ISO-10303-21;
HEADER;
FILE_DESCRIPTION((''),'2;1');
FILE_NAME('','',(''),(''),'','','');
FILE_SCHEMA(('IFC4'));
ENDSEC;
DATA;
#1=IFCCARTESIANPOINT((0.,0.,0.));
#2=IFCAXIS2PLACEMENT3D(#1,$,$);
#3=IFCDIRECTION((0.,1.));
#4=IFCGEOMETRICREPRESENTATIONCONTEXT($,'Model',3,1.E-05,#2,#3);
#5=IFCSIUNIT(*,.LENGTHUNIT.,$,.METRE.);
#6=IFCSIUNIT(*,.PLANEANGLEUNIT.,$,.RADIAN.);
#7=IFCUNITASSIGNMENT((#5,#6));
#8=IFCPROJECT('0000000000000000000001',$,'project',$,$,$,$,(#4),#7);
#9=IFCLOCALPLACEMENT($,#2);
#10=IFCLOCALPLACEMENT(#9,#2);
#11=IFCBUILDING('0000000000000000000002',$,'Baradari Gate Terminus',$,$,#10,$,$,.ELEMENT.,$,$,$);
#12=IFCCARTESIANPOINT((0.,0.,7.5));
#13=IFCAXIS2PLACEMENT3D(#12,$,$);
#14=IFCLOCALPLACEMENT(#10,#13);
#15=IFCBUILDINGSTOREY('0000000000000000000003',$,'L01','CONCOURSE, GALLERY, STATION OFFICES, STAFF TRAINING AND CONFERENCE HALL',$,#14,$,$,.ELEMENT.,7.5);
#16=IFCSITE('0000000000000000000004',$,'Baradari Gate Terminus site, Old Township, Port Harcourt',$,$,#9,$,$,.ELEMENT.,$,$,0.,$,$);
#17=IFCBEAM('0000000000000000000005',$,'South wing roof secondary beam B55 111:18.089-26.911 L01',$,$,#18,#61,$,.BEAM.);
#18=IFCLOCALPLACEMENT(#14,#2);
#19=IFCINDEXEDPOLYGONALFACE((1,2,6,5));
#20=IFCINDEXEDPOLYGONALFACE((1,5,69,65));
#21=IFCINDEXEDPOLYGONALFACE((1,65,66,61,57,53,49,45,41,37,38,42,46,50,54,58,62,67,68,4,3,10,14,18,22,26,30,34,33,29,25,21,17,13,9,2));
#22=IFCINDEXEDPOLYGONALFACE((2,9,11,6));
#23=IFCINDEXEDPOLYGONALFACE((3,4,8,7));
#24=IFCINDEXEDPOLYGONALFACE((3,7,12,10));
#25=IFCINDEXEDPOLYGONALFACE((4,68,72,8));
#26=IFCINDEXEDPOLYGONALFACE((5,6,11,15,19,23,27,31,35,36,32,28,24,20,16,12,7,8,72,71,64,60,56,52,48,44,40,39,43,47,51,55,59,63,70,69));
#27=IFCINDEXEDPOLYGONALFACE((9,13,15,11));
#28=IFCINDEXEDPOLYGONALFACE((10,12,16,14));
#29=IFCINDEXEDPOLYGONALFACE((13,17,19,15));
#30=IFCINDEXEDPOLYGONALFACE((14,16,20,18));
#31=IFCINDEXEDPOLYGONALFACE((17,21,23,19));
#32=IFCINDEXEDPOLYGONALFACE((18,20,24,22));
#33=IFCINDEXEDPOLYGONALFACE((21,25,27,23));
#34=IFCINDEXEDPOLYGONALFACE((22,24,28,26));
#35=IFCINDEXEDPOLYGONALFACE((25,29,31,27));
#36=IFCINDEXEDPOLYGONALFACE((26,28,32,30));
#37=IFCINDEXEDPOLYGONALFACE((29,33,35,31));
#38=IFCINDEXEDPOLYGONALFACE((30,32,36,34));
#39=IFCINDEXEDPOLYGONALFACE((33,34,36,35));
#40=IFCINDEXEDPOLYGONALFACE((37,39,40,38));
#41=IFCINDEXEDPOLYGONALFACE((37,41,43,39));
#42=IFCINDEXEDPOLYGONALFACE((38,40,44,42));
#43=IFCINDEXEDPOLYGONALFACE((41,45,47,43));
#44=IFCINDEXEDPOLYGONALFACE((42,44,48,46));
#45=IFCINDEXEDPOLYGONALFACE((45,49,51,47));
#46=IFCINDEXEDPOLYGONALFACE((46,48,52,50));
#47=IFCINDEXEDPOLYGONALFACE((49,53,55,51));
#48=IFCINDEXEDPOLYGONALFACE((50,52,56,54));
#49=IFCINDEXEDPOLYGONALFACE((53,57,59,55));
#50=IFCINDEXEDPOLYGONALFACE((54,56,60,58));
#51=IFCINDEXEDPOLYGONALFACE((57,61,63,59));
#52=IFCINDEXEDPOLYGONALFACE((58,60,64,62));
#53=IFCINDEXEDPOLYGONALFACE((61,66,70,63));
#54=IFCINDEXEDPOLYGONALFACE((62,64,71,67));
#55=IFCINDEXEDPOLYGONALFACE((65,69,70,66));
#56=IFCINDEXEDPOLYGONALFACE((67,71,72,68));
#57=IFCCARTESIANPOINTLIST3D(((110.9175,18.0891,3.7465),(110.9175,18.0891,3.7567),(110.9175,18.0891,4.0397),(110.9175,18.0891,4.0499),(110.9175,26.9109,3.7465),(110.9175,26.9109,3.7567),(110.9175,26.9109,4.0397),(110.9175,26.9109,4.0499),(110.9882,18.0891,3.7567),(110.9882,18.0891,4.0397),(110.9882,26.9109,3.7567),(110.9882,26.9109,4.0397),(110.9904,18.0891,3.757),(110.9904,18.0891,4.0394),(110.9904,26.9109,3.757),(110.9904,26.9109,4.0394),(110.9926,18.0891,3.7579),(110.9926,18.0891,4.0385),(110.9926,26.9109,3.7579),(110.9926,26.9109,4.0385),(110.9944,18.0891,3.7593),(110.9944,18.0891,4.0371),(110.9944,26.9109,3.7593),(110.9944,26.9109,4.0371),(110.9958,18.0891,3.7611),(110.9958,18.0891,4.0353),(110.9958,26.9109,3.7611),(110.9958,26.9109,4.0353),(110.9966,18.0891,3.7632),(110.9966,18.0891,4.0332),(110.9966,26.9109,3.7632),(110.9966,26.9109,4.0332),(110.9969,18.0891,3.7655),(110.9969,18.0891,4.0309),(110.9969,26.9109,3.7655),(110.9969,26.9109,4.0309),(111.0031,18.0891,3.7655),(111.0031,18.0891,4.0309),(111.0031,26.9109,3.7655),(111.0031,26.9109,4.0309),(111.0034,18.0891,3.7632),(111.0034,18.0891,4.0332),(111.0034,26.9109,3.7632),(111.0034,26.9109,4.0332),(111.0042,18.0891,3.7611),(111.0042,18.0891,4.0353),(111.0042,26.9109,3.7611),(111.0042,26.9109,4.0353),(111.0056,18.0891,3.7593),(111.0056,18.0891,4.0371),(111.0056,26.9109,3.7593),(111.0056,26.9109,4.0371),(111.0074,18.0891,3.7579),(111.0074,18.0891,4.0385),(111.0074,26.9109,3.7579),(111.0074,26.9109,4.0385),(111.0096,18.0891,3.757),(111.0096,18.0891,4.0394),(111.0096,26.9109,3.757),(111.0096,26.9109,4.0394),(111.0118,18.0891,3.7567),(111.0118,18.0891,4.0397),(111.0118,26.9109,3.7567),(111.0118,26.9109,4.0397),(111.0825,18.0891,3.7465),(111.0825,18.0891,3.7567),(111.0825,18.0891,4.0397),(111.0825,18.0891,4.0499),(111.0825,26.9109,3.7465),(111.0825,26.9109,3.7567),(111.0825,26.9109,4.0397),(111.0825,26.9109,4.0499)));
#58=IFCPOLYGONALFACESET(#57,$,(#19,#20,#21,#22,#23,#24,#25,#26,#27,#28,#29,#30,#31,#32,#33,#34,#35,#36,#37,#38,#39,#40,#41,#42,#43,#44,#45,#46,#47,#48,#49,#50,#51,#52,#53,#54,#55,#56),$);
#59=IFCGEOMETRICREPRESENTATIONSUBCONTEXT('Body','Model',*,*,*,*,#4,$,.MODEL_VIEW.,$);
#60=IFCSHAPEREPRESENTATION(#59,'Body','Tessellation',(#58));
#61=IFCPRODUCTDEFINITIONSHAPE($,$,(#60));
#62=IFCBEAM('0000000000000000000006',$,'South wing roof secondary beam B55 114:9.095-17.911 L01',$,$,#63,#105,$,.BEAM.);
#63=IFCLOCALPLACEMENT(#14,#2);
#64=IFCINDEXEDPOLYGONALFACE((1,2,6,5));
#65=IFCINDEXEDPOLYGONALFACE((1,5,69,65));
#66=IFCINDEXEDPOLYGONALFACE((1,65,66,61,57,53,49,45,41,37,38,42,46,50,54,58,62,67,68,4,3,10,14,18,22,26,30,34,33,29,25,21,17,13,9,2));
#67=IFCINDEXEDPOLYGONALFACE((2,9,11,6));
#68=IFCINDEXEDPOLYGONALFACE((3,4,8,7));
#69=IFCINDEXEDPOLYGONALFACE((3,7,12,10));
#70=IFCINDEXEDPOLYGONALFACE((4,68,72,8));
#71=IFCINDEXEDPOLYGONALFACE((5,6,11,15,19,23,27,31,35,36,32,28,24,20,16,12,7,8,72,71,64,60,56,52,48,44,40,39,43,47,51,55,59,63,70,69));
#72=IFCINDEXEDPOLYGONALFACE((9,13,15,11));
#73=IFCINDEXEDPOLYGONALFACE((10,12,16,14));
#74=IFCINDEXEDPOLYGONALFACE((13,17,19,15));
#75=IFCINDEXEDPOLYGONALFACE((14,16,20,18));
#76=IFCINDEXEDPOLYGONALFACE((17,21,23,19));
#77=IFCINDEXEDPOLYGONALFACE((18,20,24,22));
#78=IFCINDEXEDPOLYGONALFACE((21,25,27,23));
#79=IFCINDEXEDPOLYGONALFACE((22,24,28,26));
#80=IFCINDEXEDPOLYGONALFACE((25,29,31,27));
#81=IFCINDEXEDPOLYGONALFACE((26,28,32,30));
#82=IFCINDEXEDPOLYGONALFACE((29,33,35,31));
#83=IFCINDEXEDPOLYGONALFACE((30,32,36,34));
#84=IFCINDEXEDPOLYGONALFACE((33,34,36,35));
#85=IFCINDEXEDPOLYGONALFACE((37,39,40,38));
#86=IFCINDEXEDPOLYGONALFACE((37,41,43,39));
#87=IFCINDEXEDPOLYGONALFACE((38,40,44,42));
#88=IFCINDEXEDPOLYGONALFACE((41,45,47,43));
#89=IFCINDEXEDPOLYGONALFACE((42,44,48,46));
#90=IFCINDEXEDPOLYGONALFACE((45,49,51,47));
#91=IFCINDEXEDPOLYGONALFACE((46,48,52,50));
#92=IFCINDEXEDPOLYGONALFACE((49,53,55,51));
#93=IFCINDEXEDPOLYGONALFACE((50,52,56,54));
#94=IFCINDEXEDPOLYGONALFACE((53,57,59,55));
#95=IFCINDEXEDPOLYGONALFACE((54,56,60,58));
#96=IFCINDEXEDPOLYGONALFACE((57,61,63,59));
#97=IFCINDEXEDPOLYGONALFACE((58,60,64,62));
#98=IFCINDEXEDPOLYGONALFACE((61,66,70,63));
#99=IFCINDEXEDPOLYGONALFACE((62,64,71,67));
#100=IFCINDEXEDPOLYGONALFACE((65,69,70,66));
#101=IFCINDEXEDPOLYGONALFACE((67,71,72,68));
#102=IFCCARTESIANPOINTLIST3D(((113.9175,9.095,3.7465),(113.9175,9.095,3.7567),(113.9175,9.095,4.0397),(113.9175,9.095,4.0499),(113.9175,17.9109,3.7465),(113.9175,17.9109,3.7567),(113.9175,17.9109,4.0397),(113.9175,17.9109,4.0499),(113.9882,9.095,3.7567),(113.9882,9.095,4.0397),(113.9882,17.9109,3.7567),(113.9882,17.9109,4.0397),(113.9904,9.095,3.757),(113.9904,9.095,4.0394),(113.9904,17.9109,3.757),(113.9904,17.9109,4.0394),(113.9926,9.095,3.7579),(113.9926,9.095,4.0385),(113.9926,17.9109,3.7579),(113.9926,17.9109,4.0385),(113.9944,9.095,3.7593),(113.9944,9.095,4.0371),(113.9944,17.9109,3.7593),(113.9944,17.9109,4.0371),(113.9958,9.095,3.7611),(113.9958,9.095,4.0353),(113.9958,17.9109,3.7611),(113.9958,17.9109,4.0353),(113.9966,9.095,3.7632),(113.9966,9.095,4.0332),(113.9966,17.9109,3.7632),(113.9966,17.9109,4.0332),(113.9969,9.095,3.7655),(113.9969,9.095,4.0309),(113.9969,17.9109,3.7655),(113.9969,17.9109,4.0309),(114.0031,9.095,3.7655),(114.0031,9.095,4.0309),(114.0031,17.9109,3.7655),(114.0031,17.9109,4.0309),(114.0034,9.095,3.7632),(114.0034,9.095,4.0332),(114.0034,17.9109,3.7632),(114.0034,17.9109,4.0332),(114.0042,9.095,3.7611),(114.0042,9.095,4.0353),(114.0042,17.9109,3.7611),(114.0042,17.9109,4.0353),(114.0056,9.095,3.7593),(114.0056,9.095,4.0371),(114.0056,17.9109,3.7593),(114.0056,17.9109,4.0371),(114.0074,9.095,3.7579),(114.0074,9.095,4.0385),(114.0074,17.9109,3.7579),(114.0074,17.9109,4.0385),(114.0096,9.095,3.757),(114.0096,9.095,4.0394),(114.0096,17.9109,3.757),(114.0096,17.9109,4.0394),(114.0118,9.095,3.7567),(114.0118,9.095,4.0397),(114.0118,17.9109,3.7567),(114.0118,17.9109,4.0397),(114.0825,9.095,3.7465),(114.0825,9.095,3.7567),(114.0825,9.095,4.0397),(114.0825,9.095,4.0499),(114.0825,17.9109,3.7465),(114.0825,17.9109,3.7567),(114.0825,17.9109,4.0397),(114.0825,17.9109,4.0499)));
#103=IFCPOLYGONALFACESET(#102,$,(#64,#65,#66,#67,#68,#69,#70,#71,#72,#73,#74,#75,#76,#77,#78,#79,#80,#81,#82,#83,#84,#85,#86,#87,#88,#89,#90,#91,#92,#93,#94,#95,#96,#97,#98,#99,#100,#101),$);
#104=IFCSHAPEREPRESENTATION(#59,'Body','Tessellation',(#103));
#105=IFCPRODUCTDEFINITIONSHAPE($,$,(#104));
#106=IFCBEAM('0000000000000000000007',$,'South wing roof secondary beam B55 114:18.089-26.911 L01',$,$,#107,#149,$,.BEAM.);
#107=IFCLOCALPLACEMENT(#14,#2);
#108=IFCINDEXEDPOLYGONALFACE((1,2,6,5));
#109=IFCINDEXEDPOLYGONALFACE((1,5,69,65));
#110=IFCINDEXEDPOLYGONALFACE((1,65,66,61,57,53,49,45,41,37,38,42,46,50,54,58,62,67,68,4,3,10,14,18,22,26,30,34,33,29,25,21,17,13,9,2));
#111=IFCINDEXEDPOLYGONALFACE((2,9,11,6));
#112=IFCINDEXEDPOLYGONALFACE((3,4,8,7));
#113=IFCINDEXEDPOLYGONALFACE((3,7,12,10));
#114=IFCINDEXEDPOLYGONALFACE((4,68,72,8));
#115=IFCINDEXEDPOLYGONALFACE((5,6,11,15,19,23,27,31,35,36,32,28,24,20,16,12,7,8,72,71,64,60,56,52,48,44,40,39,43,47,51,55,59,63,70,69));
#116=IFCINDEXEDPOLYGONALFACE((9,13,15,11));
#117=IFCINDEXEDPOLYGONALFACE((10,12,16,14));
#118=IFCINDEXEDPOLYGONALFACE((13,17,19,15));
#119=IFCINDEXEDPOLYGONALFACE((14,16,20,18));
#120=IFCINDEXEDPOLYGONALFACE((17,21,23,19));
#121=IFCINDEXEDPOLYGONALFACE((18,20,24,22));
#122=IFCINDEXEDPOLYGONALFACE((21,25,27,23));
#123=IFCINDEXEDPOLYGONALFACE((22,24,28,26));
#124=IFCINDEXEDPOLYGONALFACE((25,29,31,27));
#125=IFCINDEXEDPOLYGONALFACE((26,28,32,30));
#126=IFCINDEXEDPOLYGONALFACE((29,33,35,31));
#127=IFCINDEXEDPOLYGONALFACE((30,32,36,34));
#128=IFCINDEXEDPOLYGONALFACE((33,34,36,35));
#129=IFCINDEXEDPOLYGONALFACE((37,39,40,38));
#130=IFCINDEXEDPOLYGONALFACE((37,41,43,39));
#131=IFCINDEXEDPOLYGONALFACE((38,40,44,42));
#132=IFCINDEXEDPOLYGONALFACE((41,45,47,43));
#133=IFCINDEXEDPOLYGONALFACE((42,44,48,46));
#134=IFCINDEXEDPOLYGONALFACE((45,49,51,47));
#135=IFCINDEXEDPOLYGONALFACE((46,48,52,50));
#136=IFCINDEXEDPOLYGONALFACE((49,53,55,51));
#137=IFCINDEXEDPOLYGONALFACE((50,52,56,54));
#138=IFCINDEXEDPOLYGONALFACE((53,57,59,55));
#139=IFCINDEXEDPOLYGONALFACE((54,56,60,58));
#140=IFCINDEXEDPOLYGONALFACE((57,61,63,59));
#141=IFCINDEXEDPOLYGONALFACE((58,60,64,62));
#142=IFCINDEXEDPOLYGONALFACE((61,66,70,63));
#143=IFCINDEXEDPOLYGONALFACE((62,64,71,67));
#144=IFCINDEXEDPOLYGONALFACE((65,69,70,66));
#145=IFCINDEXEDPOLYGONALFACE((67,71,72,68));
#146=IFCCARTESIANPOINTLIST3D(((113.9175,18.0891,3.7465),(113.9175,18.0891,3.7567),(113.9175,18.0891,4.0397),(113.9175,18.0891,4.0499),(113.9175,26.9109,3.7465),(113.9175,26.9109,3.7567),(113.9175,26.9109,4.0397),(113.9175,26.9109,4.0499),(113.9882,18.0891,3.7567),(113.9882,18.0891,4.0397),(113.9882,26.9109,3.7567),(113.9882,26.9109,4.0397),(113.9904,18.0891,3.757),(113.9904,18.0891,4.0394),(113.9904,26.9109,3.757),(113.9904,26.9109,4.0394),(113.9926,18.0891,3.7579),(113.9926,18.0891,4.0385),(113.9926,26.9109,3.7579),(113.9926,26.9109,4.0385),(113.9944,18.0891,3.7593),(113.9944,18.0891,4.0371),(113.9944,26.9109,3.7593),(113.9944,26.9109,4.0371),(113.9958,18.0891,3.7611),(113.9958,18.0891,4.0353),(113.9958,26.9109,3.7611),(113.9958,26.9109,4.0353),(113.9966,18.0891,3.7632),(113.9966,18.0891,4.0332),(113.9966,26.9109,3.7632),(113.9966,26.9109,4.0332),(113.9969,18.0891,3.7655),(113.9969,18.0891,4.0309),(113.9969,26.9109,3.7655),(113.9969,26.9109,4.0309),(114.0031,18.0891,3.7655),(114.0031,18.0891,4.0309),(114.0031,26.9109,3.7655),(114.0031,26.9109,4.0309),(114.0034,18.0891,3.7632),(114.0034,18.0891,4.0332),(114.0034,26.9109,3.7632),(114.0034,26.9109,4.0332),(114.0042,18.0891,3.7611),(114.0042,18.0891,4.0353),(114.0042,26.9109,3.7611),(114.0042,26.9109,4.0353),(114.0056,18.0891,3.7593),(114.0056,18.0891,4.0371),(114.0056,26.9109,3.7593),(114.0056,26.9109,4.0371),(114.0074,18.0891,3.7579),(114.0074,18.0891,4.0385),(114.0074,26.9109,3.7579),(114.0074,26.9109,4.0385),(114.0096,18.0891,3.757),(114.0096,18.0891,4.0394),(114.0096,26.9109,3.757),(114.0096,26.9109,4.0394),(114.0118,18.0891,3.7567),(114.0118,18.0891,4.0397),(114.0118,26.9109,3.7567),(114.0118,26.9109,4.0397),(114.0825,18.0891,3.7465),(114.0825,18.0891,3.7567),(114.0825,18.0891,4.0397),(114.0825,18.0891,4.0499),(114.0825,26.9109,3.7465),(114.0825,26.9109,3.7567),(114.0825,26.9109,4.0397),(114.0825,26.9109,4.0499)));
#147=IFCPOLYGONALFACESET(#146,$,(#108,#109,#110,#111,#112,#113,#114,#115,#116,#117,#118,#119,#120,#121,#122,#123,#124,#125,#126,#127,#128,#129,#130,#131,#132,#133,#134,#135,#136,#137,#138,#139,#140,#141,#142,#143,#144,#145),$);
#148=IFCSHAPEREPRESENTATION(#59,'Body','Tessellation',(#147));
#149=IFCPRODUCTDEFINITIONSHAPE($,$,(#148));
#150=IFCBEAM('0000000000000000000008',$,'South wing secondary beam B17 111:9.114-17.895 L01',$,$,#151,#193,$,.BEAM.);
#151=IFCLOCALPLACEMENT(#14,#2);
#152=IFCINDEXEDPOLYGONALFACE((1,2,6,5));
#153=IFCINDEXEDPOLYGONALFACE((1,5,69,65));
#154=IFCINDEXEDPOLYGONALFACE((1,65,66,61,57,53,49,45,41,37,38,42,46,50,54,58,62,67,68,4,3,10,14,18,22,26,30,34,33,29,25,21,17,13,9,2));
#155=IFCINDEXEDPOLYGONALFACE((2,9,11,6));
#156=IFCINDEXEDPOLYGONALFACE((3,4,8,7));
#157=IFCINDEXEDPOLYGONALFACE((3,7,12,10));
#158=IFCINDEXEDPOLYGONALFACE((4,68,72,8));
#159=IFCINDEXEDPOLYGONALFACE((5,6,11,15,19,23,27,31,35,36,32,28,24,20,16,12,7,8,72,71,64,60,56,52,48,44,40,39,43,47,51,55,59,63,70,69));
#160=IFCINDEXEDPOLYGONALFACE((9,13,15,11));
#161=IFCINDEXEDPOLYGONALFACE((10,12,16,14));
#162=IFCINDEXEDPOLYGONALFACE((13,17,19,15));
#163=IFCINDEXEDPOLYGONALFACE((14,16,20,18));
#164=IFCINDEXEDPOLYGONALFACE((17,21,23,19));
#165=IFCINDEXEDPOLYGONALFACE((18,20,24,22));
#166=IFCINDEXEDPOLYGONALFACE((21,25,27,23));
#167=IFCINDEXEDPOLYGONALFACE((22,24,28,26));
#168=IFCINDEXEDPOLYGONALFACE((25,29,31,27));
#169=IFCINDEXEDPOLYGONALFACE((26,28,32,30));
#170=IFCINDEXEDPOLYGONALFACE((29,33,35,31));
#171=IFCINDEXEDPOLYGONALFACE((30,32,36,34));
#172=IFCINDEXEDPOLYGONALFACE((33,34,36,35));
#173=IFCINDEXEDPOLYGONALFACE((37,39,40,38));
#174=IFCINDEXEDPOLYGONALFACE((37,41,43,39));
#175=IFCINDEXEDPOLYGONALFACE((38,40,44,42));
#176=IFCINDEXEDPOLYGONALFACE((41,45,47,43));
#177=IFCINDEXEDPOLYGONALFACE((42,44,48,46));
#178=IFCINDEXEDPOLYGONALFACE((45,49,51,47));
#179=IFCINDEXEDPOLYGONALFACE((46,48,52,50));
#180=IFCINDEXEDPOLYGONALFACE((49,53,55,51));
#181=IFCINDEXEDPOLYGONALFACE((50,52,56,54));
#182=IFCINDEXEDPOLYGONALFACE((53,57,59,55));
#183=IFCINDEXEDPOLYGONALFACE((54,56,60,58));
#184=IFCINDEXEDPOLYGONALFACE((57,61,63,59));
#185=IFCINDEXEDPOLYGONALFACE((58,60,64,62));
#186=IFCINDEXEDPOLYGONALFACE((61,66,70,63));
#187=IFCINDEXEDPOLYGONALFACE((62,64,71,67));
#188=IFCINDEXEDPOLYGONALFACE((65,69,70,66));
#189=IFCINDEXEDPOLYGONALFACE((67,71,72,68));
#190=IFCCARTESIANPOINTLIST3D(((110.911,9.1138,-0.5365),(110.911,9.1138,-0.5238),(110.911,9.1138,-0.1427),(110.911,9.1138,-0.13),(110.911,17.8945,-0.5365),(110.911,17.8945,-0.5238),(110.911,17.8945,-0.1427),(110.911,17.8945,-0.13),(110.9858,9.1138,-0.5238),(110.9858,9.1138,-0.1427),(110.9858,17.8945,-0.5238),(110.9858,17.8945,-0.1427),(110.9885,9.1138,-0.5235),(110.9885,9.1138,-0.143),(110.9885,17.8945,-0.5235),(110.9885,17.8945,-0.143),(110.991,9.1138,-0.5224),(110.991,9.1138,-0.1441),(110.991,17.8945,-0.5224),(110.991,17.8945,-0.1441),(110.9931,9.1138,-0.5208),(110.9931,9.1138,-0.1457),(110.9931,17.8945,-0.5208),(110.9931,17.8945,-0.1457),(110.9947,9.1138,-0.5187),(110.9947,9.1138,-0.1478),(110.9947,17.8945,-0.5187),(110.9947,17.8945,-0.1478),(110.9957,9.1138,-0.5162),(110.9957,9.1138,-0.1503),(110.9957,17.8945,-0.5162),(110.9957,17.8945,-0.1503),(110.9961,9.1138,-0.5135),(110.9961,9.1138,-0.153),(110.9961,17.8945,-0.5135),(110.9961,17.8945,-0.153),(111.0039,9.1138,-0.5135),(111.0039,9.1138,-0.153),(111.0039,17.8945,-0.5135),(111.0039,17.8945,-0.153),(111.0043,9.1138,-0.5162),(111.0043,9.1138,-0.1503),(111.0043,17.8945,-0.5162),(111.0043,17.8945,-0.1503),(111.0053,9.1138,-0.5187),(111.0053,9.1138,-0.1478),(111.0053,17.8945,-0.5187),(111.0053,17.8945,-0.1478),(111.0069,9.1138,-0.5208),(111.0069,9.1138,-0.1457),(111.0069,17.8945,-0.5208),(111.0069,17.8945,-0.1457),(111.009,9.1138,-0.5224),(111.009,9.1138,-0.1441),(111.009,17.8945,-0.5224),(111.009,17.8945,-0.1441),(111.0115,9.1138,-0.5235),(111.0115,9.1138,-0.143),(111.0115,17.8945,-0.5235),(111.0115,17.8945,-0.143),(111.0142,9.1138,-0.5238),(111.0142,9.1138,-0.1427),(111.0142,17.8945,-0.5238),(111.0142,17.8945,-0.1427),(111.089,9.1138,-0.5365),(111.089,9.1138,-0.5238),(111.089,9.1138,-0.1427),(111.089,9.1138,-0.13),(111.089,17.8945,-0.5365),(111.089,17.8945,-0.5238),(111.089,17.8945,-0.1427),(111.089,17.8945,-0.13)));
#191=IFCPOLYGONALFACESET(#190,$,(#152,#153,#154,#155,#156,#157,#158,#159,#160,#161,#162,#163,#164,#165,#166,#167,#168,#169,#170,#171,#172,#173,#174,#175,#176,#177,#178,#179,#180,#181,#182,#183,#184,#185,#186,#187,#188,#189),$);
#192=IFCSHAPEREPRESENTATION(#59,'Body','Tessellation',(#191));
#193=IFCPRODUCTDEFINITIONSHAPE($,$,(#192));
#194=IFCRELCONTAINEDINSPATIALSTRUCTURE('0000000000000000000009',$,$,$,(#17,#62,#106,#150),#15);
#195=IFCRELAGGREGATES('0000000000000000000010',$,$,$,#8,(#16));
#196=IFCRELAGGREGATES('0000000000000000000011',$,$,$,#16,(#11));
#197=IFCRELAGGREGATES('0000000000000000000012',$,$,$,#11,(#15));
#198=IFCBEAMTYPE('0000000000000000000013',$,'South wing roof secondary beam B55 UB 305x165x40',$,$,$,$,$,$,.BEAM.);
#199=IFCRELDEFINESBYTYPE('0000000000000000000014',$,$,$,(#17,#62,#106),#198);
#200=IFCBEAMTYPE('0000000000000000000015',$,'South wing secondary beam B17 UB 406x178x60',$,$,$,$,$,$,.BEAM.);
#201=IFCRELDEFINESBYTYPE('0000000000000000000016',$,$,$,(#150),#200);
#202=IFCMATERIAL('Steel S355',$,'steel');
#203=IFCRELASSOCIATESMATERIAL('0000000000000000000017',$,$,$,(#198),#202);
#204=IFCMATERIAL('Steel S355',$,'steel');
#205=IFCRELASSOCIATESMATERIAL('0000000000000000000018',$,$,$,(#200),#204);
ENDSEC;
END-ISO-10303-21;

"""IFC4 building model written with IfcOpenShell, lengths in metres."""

from ifc_helpers import new_model, si_unit, direction, frame, origin, origin_2d, place, context, subcontext, project, spatial, i_section, extrude, material, material_profile, profile_set, type_object, element, save


model = new_model("IFC4")

# Units and contexts
model_context = context("Model", 3, precision=1e-05, world=origin(), true_north=direction((0.0, 1.0)))
body_context = subcontext(model_context, "Body", "Model", "MODEL_VIEW")
ifc_project = project(units=[si_unit("LENGTHUNIT", "METRE"), si_unit("PLANEANGLEUNIT", "RADIAN")], contexts=[model_context])

# Site, building, storey
site_placement = place(None, origin())
site = spatial("IfcSite", under=ifc_project, at=site_placement, Name="Baradari Gate Terminus site, Old Township, Port Harcourt", CompositionType="ELEMENT", RefElevation=0.0)
building_placement = place(site_placement, origin())
building = spatial("IfcBuilding", under=site, at=building_placement, Name="Baradari Gate Terminus", CompositionType="ELEMENT")
storey_placement = place(building_placement, frame((0.0, 0.0, 7.5)))
storey = spatial("IfcBuildingStorey", under=building, at=storey_placement, Name="L01", Description="CONCOURSE, GALLERY, STATION OFFICES, STAFF TRAINING AND CONFERENCE HALL", CompositionType="ELEMENT", Elevation=7.5)

# Beams
ifc_material_1 = material(Name="Steel S355", Category="steel")
ifc_material_profile_1 = material_profile(ifc_material_1, i_section(OverallWidth=0.165, OverallDepth=0.3035, WebThickness=0.0061, FlangeThickness=0.0103, FilletRadius=0.0088, at=origin_2d()), Name="UB 305x165x40")
ifc_profile_set_1 = profile_set([ifc_material_profile_1], Name="Steel S355")
beam_type_1 = type_object("IfcBeamType", Name="South wing roof secondary beam B55 UB 305x165x40", PredefinedType="BEAM", material=ifc_profile_set_1)
beam_1_placement = place(storey_placement, frame((111.0, 18.0891, 3.8982), z_axis=(0.0, 1.0, 0.0), x_axis=(-1.0, 0.0, 0.0)))
element("IfcBeam", 1, at=beam_1_placement, inside=storey, type_object=beam_type_1, Name="South wing roof secondary beam B55 111:18.089-26.911 L01", PredefinedType="BEAM", context=body_context, shape_type="SweptSolid", body=[
    extrude(i_section(OverallWidth=0.165, OverallDepth=0.3035, WebThickness=0.0061, FlangeThickness=0.0103, FilletRadius=0.0088, at=origin_2d()), origin(), (0.0, 0.0, 1.0), 8.8218),
])
beam_2_placement = place(storey_placement, frame((114.0, 9.095, 3.8982), z_axis=(0.0, 1.0, 0.0), x_axis=(-1.0, 0.0, 0.0)))
element("IfcBeam", 2, at=beam_2_placement, inside=storey, type_object=beam_type_1, Name="South wing roof secondary beam B55 114:9.095-17.911 L01", PredefinedType="BEAM", context=body_context, shape_type="SweptSolid", body=[
    extrude(i_section(OverallWidth=0.165, OverallDepth=0.3035, WebThickness=0.0061, FlangeThickness=0.0103, FilletRadius=0.0088, at=origin_2d()), origin(), (0.0, 0.0, 1.0), 8.8159),
])
beam_3_placement = place(storey_placement, frame((114.0, 18.0891, 3.8982), z_axis=(0.0, 1.0, 0.0), x_axis=(-1.0, 0.0, 0.0)))
element("IfcBeam", 3, at=beam_3_placement, inside=storey, type_object=beam_type_1, Name="South wing roof secondary beam B55 114:18.089-26.911 L01", PredefinedType="BEAM", context=body_context, shape_type="SweptSolid", body=[
    extrude(i_section(OverallWidth=0.165, OverallDepth=0.3035, WebThickness=0.0061, FlangeThickness=0.0103, FilletRadius=0.0088, at=origin_2d()), origin(), (0.0, 0.0, 1.0), 8.8218),
])
ifc_material_2 = material(Name="Steel S355", Category="steel")
ifc_material_profile_2 = material_profile(ifc_material_2, i_section(OverallWidth=0.178, OverallDepth=0.4065, WebThickness=0.0078, FlangeThickness=0.0127, FilletRadius=0.0103, at=origin_2d()), Name="UB 406x178x60")
ifc_profile_set_2 = profile_set([ifc_material_profile_2], Name="Steel S355")
beam_type_2 = type_object("IfcBeamType", Name="South wing secondary beam B17 UB 406x178x60", PredefinedType="BEAM", material=ifc_profile_set_2)
beam_4_placement = place(storey_placement, frame((111.0, 9.1138, -0.3333), z_axis=(0.0, 1.0, 0.0), x_axis=(-1.0, 0.0, 0.0)))
element("IfcBeam", 4, at=beam_4_placement, inside=storey, type_object=beam_type_2, Name="South wing secondary beam B17 111:9.114-17.895 L01", PredefinedType="BEAM", context=body_context, shape_type="SweptSolid", body=[
    extrude(i_section(OverallWidth=0.178, OverallDepth=0.4065, WebThickness=0.0078, FlangeThickness=0.0127, FilletRadius=0.0103, at=origin_2d()), origin(), (0.0, 0.0, 1.0), 8.7808),
])

save(model, "model.ifc")
